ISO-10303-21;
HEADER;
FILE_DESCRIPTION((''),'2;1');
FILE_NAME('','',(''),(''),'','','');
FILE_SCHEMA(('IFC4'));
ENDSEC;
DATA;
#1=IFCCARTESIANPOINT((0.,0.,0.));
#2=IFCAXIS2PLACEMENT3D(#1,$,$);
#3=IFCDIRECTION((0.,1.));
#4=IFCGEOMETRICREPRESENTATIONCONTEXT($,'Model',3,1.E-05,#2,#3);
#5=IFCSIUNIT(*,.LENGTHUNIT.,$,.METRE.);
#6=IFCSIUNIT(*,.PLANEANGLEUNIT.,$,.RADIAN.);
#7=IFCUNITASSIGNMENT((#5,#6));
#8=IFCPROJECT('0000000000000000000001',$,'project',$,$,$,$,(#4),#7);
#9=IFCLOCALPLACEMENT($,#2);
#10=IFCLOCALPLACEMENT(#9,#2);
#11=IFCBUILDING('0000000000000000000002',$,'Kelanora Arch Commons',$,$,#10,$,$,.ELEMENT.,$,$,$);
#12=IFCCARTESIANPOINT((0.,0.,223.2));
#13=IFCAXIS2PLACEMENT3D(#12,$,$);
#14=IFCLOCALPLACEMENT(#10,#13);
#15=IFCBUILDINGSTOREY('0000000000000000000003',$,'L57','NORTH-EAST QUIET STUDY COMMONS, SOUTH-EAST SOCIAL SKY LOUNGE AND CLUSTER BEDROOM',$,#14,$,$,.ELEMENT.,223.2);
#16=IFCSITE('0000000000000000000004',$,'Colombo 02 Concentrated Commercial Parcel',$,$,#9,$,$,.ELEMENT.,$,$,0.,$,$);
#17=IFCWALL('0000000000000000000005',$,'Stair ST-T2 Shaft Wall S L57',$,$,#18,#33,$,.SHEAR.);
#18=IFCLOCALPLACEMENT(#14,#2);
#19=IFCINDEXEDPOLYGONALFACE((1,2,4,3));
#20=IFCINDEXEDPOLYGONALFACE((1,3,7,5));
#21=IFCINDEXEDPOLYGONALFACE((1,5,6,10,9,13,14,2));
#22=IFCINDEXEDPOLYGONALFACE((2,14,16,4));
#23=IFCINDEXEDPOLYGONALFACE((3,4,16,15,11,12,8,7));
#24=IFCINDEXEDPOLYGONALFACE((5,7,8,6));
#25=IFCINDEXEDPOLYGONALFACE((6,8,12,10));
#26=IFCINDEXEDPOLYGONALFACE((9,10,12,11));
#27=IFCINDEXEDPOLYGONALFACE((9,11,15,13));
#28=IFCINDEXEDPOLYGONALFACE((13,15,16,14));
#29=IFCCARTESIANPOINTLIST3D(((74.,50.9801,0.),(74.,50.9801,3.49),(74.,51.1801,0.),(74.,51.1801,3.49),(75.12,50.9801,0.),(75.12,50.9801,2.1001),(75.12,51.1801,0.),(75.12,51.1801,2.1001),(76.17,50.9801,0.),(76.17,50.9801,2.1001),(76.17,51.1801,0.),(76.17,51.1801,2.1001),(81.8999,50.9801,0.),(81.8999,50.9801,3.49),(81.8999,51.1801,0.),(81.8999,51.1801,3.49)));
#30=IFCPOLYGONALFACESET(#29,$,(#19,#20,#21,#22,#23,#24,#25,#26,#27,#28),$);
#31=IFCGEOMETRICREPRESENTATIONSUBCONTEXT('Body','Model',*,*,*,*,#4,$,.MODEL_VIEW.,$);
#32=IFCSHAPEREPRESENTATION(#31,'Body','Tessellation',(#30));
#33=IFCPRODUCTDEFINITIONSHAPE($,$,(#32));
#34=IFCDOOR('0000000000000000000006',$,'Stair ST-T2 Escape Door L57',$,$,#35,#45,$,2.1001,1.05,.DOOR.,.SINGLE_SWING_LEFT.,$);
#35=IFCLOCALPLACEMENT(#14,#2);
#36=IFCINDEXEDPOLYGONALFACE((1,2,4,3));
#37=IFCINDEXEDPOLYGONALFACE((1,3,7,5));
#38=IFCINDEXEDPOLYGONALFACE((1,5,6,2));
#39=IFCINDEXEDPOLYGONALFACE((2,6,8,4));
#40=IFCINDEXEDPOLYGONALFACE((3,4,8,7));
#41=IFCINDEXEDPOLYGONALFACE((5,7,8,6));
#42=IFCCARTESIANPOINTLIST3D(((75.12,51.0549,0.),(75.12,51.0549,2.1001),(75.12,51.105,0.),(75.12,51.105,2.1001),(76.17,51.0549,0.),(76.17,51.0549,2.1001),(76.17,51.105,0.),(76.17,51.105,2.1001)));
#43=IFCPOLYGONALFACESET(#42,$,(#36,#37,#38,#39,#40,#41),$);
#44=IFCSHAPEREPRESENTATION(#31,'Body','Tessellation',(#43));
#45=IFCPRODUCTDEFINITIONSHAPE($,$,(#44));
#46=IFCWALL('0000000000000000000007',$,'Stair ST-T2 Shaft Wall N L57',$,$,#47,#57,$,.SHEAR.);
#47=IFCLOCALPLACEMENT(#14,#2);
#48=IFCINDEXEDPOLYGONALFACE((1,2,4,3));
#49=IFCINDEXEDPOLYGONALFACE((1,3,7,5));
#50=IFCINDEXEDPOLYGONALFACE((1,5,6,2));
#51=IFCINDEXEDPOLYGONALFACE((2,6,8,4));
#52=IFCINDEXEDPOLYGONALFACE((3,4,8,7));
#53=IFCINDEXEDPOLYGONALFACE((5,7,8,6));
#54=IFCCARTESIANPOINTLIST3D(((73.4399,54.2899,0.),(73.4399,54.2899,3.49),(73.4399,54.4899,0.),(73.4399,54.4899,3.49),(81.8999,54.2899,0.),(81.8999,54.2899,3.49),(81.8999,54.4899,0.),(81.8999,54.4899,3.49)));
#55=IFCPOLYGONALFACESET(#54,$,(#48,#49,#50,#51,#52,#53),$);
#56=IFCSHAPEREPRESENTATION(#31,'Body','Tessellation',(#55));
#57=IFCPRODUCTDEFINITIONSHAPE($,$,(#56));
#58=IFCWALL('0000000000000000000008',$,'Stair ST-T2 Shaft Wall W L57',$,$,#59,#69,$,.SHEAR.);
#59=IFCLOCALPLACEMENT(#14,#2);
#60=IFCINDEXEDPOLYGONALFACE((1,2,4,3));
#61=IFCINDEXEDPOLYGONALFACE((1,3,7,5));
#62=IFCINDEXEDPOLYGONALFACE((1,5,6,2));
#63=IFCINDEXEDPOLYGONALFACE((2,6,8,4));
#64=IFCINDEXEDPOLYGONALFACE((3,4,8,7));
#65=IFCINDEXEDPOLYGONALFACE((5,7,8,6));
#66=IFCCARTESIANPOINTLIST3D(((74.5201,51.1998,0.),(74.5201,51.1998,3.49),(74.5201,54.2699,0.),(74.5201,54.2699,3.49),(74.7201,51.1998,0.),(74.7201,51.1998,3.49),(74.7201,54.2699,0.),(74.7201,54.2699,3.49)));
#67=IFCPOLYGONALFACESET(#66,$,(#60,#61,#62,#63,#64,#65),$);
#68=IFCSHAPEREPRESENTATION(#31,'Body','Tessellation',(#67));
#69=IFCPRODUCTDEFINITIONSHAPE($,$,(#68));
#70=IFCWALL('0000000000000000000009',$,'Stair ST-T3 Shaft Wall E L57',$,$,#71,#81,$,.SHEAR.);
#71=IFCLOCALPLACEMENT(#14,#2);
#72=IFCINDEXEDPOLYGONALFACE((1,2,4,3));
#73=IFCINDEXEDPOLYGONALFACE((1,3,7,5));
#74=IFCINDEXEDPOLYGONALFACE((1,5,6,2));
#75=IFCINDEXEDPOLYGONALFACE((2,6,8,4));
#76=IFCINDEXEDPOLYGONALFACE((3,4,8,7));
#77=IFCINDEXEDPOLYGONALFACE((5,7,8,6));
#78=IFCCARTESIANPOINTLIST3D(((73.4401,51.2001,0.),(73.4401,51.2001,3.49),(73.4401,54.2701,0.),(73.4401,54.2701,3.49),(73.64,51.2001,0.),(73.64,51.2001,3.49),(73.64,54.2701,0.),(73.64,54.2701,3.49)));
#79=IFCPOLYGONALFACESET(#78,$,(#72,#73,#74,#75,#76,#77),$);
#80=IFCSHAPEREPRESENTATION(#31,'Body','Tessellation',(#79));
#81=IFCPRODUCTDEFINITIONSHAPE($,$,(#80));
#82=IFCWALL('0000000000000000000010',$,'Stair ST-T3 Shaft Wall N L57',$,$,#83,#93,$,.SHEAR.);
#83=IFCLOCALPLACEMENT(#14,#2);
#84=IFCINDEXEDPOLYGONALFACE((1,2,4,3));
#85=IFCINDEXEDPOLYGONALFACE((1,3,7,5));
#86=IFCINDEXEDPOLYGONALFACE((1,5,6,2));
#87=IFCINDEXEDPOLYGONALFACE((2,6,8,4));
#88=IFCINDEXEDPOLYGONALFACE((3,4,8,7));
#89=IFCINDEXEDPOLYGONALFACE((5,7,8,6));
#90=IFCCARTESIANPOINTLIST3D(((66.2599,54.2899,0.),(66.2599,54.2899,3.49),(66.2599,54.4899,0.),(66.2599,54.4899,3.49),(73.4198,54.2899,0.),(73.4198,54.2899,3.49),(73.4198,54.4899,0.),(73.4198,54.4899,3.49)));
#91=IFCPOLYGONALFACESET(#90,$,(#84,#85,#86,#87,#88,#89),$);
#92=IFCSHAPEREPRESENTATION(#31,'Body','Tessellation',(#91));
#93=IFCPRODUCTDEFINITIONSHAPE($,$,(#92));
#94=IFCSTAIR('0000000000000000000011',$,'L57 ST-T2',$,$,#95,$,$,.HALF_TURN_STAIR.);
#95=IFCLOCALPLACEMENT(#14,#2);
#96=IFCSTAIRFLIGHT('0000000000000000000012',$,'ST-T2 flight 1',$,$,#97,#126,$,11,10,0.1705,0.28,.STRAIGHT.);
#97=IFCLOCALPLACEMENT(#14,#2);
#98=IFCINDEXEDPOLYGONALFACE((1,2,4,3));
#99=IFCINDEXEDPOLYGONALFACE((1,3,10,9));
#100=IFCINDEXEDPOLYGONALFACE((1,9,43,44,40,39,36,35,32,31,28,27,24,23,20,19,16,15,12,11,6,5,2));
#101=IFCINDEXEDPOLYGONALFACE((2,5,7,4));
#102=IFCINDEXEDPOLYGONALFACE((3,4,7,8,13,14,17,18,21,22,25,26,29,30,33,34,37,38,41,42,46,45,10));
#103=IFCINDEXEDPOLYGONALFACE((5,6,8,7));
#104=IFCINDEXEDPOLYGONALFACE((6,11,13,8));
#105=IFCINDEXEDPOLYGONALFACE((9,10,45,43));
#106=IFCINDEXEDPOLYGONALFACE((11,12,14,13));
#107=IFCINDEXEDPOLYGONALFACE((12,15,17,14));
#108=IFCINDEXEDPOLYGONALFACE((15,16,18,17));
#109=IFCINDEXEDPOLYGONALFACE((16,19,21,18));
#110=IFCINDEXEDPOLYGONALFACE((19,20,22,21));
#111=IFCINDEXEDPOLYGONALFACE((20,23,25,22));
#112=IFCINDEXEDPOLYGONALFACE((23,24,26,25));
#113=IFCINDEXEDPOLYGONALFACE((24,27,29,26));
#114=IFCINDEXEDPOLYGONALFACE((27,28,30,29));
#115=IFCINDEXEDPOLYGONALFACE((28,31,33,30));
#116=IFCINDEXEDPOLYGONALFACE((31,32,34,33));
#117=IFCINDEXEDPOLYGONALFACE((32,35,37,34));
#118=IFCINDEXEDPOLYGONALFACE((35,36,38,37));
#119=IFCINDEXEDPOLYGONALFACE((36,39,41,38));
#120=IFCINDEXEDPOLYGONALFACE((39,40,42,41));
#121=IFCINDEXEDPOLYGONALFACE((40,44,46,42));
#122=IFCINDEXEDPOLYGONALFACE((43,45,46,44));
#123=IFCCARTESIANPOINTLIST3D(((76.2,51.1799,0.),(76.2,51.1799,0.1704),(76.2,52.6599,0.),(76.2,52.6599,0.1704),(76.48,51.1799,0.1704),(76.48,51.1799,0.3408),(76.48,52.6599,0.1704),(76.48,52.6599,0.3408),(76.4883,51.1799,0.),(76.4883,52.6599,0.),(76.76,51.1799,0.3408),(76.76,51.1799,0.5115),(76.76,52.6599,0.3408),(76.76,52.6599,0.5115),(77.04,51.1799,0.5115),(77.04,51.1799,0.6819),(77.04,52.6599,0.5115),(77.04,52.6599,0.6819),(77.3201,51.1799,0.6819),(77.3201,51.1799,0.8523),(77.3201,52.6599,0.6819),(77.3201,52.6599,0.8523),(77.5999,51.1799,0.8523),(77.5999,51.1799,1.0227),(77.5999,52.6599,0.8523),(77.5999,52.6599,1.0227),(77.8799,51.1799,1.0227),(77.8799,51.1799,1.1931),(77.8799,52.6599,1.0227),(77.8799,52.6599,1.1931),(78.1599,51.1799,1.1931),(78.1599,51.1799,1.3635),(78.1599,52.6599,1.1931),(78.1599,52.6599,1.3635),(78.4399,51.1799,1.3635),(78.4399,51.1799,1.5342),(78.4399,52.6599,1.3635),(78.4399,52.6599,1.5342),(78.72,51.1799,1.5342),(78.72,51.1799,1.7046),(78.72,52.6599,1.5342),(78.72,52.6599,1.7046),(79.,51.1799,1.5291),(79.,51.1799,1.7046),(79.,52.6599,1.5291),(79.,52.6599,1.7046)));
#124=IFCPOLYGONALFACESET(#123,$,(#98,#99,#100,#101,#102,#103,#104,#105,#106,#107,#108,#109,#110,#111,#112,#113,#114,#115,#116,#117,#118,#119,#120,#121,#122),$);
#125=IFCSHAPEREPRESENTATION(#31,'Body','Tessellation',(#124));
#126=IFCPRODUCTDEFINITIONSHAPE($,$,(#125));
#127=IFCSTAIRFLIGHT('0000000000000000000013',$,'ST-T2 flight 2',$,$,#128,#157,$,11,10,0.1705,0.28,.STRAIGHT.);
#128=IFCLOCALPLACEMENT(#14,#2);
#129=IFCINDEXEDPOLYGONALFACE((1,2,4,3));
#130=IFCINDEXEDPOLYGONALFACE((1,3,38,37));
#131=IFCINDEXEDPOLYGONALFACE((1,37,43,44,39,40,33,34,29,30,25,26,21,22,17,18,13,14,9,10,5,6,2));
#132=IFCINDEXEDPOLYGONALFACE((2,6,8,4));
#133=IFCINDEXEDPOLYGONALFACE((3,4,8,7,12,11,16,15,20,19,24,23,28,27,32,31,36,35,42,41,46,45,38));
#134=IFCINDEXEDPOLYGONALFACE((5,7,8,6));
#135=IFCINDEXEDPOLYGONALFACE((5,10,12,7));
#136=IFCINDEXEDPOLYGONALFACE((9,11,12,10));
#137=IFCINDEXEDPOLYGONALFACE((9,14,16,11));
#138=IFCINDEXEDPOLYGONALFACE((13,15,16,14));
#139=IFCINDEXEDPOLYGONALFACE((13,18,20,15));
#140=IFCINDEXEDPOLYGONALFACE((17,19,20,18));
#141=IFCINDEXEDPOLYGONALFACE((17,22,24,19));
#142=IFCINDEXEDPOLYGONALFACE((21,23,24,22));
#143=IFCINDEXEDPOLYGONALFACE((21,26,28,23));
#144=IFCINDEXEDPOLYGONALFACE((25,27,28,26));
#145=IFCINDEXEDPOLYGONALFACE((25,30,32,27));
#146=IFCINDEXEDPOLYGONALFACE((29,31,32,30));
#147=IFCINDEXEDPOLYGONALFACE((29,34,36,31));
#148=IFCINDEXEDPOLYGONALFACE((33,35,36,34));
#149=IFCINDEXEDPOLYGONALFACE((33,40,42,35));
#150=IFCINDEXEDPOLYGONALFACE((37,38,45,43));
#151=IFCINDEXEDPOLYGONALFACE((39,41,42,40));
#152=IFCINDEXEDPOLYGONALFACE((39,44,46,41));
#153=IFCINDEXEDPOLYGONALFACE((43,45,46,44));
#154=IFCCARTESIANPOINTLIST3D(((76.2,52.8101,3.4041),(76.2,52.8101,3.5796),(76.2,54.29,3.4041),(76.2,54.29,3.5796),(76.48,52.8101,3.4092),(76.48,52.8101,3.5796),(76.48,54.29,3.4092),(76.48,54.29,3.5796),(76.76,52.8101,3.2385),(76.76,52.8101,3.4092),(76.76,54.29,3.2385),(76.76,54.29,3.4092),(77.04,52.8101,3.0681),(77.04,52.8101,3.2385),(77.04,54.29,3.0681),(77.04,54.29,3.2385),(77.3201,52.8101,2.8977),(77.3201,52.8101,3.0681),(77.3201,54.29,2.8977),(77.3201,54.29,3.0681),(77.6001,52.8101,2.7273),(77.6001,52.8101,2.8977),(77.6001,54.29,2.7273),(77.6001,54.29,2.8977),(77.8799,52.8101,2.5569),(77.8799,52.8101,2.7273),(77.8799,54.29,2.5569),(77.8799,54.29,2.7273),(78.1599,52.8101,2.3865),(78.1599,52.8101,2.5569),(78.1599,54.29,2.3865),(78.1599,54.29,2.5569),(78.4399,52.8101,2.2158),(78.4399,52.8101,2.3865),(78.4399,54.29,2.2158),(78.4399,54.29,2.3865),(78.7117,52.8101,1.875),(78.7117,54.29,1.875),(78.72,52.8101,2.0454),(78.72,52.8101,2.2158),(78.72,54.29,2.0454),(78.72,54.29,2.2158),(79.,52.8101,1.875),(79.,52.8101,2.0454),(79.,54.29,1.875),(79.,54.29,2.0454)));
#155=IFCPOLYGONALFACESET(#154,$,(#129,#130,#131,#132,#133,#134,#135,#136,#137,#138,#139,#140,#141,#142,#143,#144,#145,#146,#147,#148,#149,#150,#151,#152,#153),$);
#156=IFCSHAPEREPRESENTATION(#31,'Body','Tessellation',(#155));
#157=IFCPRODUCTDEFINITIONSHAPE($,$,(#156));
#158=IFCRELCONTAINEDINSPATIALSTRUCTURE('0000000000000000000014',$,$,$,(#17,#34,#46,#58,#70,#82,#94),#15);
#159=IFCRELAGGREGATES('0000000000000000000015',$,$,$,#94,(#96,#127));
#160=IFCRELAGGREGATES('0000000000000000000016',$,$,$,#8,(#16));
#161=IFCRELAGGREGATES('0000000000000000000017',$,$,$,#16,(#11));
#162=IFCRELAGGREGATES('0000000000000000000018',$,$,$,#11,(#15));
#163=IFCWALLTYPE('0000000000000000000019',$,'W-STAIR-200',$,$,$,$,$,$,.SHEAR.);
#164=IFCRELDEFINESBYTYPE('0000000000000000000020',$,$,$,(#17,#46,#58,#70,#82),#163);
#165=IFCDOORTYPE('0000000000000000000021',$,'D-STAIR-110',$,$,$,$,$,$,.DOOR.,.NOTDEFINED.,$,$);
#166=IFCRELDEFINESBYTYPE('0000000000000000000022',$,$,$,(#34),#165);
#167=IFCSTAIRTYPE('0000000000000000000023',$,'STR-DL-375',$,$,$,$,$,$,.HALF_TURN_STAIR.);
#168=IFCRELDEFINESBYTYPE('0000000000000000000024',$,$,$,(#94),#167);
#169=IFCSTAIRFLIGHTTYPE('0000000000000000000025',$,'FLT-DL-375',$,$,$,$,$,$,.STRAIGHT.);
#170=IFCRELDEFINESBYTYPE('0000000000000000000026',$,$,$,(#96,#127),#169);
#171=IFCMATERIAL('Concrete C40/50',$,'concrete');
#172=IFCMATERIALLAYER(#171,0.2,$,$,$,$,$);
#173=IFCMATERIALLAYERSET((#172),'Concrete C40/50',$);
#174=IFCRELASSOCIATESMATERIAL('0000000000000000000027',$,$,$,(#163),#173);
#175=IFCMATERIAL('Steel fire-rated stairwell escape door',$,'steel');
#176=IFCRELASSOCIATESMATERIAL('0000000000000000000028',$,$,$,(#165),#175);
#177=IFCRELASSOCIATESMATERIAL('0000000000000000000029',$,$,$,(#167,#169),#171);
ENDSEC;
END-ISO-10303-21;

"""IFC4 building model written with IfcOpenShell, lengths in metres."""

from ifc_helpers import new_model, si_unit, direction, frame, frame_2d, origin, place, context, subcontext, project, spatial, polyline, rectangle, outline, extrude, material, layer, layer_set, type_object, element, fill, aggregate, save


model = new_model("IFC4")

# Units and contexts
model_context = context("Model", 3, precision=1e-05, world=origin(), true_north=direction((0.0, 1.0)))
body_context = subcontext(model_context, "Body", "Model", "MODEL_VIEW")
ifc_project = project(units=[si_unit("LENGTHUNIT", "METRE"), si_unit("PLANEANGLEUNIT", "RADIAN")], contexts=[model_context])

# Site, building, storey
site_placement = place(None, origin())
site = spatial("IfcSite", under=ifc_project, at=site_placement, Name="Colombo 02 Concentrated Commercial Parcel", CompositionType="ELEMENT", RefElevation=0.0)
building_placement = place(site_placement, origin())
building = spatial("IfcBuilding", under=site, at=building_placement, Name="Kelanora Arch Commons", CompositionType="ELEMENT")
storey_placement = place(building_placement, frame((0.0, 0.0, 223.2)))
storey = spatial("IfcBuildingStorey", under=building, at=storey_placement, Name="L57", Description="NORTH-EAST QUIET STUDY COMMONS, SOUTH-EAST SOCIAL SKY LOUNGE AND CLUSTER BEDROOM", CompositionType="ELEMENT", Elevation=223.2)

# Wall, opening, door
ifc_material_1 = material(Name="Concrete C40/50", Category="concrete")
ifc_layer_1 = layer(ifc_material_1, 0.2)
ifc_layer_set_1 = layer_set([ifc_layer_1], Name="Concrete C40/50")
wall_type_1 = type_object("IfcWallType", Name="W-STAIR-200", PredefinedType="SHEAR", material=ifc_layer_set_1)
wall_1_placement = place(storey_placement, frame((74.0, 51.0801, 0.0), z_axis=(0.0, 0.0, 1.0), x_axis=(1.0, 0.0, 0.0)))
wall_1 = element("IfcWall", 1, at=wall_1_placement, inside=storey, type_object=wall_type_1, Name="Stair ST-T2 Shaft Wall S L57", PredefinedType="SHEAR", context=body_context, shape_type="SweptSolid", body=[
    extrude(rectangle(XDim=7.8999, YDim=0.2, at=frame_2d((3.95, 0.0))), origin(), (0.0, 0.0, 1.0), 3.49),
])
opening_placement = place(wall_1_placement, frame((1.1201, 0.0, 0.0)))
opening = element("IfcOpeningElement", 2, at=opening_placement, cuts=wall_1, PredefinedType="OPENING", context=body_context, shape_type="SweptSolid", body=[
    extrude(rectangle(XDim=1.05, YDim=2.1001, at=frame_2d((0.5249, 1.05))), frame((0.0, 0.1099, 0.0), z_axis=(0.0, -1.0, 0.0), x_axis=(1.0, 0.0, 0.0)), (0.0, 0.0, 1.0), 0.22),
])
ifc_material_2 = material(Name="Steel fire-rated stairwell escape door", Category="steel")
door_type = type_object("IfcDoorType", Name="D-STAIR-110", OperationType="NOTDEFINED", PredefinedType="DOOR", material=ifc_material_2)
door_placement = place(opening_placement, origin())
door = element("IfcDoor", 3, at=door_placement, inside=storey, type_object=door_type, Name="Stair ST-T2 Escape Door L57", OperationType="SINGLE_SWING_LEFT", OverallHeight=2.1001, OverallWidth=1.05, PredefinedType="DOOR", context=body_context, shape_type="SweptSolid", body=[
    extrude(rectangle(XDim=1.05, YDim=2.1001, at=frame_2d((0.5249, 1.05))), frame((0.0, 0.0249, 0.0), z_axis=(0.0, -1.0, 0.0), x_axis=(1.0, 0.0, 0.0)), (0.0, 0.0, 1.0), 0.05),
])
fill(opening, door)

# Walls
wall_2_placement = place(storey_placement, frame((81.8999, 54.3899, 0.0), z_axis=(0.0, 0.0, 1.0), x_axis=(-1.0, 0.0, 0.0)))
element("IfcWall", 4, at=wall_2_placement, inside=storey, type_object=wall_type_1, Name="Stair ST-T2 Shaft Wall N L57", PredefinedType="SHEAR", context=body_context, shape_type="SweptSolid", body=[
    extrude(rectangle(XDim=8.46, YDim=0.2, at=frame_2d((4.23, 0.0))), origin(), (0.0, 0.0, 1.0), 3.49),
])
for number, where, z_axis, x_axis, name in (
    (5, (74.6201, 54.27, 0.0), (0.0, 0.0, 1.0), (0.0, -1.0, 0.0), "Stair ST-T2 Shaft Wall W L57"),
    (6, (73.54, 51.2, 0.0), (0.0, 0.0, 1.0), (0.0, 1.0, 0.0), "Stair ST-T3 Shaft Wall E L57"),
):
    element("IfcWall", number, at=place(storey_placement, frame(where, z_axis=z_axis, x_axis=x_axis)), inside=storey, type_object=wall_type_1, Name=name, PredefinedType="SHEAR", context=body_context, shape_type="SweptSolid", body=[
        extrude(rectangle(XDim=3.0701, YDim=0.2, at=frame_2d((1.5352, 0.0))), origin(), (0.0, 0.0, 1.0), 3.49),
    ])
wall_3_placement = place(storey_placement, frame((73.4199, 54.3899, 0.0), z_axis=(0.0, 0.0, 1.0), x_axis=(-1.0, 0.0, 0.0)))
element("IfcWall", 7, at=wall_3_placement, inside=storey, type_object=wall_type_1, Name="Stair ST-T3 Shaft Wall N L57", PredefinedType="SHEAR", context=body_context, shape_type="SweptSolid", body=[
    extrude(rectangle(XDim=7.1599, YDim=0.2, at=frame_2d((3.5801, 0.0))), origin(), (0.0, 0.0, 1.0), 3.49),
])

# Stair, stair flights
stair_type = type_object("IfcStairType", Name="STR-DL-375", PredefinedType="HALF_TURN_STAIR", material=ifc_material_1)
stair_placement = place(storey_placement, origin())
stair = element("IfcStair", 8, at=stair_placement, inside=storey, type_object=stair_type, Name="L57 ST-T2", PredefinedType="HALF_TURN_STAIR")
stair_flight_type = type_object("IfcStairFlightType", Name="FLT-DL-375", PredefinedType="STRAIGHT", material=ifc_material_1)
stair_flight_1_placement = place(storey_placement, frame((76.2, 51.9199, 0.0), z_axis=(0.0, 0.0, 1.0), x_axis=(1.0, 0.0, 0.0)))
stair_flight_1 = element("IfcStairFlight", 9, at=stair_flight_1_placement, type_object=stair_flight_type, Name="ST-T2 flight 1", NumberOfRisers=11, NumberOfTreads=10, PredefinedType="STRAIGHT", RiserHeight=0.1705, TreadLength=0.28, context=body_context, shape_type="SweptSolid", body=[
    extrude(outline(polyline([(0.0, 0.0), (0.0, 0.1704), (0.28, 0.1704), (0.28, 0.3408), (0.5601, 0.3408), (0.5601, 0.5115), (0.8401, 0.5115), (0.8401, 0.6819), (1.1201, 0.6819), (1.1201, 0.8523), (1.3999, 0.8523), (1.3999, 1.0227), (1.6799, 1.0227), (1.6799, 1.1931), (1.96, 1.1931), (1.96, 1.3635), (2.24, 1.3635), (2.24, 1.5342), (2.52, 1.5342), (2.52, 1.7046), (2.8, 1.7046), (2.8, 1.875), (2.8, 1.5291), (0.2883, 0.0), (0.0, 0.0)])), frame((0.0, 0.74, 0.0), z_axis=(0.0, -1.0, 0.0), x_axis=(1.0, 0.0, 0.0)), (0.0, 0.0, 1.0), 1.48),
])
stair_flight_2_placement = place(storey_placement, frame((79.0, 53.55, 1.875), z_axis=(0.0, 0.0, 1.0), x_axis=(-1.0, 0.0, 0.0)))
stair_flight_2 = element("IfcStairFlight", 10, at=stair_flight_2_placement, type_object=stair_flight_type, Name="ST-T2 flight 2", NumberOfRisers=11, NumberOfTreads=10, PredefinedType="STRAIGHT", RiserHeight=0.1705, TreadLength=0.28, context=body_context, shape_type="SweptSolid", body=[
    extrude(outline(polyline([(0.0, 0.0), (0.0, 0.1704), (0.28, 0.1704), (0.28, 0.3408), (0.5601, 0.3408), (0.5601, 0.5115), (0.8401, 0.5115), (0.8401, 0.6819), (1.1201, 0.6819), (1.1201, 0.8523), (1.3999, 0.8523), (1.3999, 1.0227), (1.6799, 1.0227), (1.6799, 1.1931), (1.96, 1.1931), (1.96, 1.3635), (2.24, 1.3635), (2.24, 1.5342), (2.52, 1.5342), (2.52, 1.7046), (2.8, 1.7046), (2.8, 1.875), (2.8, 1.5291), (0.2883, 0.0), (0.0, 0.0)])), frame((0.0, 0.74, 0.0), z_axis=(0.0, -1.0, 0.0), x_axis=(1.0, 0.0, 0.0)), (0.0, 0.0, 1.0), 1.48),
])
aggregate(stair, [stair_flight_1, stair_flight_2])

save(model, "model.ifc")
